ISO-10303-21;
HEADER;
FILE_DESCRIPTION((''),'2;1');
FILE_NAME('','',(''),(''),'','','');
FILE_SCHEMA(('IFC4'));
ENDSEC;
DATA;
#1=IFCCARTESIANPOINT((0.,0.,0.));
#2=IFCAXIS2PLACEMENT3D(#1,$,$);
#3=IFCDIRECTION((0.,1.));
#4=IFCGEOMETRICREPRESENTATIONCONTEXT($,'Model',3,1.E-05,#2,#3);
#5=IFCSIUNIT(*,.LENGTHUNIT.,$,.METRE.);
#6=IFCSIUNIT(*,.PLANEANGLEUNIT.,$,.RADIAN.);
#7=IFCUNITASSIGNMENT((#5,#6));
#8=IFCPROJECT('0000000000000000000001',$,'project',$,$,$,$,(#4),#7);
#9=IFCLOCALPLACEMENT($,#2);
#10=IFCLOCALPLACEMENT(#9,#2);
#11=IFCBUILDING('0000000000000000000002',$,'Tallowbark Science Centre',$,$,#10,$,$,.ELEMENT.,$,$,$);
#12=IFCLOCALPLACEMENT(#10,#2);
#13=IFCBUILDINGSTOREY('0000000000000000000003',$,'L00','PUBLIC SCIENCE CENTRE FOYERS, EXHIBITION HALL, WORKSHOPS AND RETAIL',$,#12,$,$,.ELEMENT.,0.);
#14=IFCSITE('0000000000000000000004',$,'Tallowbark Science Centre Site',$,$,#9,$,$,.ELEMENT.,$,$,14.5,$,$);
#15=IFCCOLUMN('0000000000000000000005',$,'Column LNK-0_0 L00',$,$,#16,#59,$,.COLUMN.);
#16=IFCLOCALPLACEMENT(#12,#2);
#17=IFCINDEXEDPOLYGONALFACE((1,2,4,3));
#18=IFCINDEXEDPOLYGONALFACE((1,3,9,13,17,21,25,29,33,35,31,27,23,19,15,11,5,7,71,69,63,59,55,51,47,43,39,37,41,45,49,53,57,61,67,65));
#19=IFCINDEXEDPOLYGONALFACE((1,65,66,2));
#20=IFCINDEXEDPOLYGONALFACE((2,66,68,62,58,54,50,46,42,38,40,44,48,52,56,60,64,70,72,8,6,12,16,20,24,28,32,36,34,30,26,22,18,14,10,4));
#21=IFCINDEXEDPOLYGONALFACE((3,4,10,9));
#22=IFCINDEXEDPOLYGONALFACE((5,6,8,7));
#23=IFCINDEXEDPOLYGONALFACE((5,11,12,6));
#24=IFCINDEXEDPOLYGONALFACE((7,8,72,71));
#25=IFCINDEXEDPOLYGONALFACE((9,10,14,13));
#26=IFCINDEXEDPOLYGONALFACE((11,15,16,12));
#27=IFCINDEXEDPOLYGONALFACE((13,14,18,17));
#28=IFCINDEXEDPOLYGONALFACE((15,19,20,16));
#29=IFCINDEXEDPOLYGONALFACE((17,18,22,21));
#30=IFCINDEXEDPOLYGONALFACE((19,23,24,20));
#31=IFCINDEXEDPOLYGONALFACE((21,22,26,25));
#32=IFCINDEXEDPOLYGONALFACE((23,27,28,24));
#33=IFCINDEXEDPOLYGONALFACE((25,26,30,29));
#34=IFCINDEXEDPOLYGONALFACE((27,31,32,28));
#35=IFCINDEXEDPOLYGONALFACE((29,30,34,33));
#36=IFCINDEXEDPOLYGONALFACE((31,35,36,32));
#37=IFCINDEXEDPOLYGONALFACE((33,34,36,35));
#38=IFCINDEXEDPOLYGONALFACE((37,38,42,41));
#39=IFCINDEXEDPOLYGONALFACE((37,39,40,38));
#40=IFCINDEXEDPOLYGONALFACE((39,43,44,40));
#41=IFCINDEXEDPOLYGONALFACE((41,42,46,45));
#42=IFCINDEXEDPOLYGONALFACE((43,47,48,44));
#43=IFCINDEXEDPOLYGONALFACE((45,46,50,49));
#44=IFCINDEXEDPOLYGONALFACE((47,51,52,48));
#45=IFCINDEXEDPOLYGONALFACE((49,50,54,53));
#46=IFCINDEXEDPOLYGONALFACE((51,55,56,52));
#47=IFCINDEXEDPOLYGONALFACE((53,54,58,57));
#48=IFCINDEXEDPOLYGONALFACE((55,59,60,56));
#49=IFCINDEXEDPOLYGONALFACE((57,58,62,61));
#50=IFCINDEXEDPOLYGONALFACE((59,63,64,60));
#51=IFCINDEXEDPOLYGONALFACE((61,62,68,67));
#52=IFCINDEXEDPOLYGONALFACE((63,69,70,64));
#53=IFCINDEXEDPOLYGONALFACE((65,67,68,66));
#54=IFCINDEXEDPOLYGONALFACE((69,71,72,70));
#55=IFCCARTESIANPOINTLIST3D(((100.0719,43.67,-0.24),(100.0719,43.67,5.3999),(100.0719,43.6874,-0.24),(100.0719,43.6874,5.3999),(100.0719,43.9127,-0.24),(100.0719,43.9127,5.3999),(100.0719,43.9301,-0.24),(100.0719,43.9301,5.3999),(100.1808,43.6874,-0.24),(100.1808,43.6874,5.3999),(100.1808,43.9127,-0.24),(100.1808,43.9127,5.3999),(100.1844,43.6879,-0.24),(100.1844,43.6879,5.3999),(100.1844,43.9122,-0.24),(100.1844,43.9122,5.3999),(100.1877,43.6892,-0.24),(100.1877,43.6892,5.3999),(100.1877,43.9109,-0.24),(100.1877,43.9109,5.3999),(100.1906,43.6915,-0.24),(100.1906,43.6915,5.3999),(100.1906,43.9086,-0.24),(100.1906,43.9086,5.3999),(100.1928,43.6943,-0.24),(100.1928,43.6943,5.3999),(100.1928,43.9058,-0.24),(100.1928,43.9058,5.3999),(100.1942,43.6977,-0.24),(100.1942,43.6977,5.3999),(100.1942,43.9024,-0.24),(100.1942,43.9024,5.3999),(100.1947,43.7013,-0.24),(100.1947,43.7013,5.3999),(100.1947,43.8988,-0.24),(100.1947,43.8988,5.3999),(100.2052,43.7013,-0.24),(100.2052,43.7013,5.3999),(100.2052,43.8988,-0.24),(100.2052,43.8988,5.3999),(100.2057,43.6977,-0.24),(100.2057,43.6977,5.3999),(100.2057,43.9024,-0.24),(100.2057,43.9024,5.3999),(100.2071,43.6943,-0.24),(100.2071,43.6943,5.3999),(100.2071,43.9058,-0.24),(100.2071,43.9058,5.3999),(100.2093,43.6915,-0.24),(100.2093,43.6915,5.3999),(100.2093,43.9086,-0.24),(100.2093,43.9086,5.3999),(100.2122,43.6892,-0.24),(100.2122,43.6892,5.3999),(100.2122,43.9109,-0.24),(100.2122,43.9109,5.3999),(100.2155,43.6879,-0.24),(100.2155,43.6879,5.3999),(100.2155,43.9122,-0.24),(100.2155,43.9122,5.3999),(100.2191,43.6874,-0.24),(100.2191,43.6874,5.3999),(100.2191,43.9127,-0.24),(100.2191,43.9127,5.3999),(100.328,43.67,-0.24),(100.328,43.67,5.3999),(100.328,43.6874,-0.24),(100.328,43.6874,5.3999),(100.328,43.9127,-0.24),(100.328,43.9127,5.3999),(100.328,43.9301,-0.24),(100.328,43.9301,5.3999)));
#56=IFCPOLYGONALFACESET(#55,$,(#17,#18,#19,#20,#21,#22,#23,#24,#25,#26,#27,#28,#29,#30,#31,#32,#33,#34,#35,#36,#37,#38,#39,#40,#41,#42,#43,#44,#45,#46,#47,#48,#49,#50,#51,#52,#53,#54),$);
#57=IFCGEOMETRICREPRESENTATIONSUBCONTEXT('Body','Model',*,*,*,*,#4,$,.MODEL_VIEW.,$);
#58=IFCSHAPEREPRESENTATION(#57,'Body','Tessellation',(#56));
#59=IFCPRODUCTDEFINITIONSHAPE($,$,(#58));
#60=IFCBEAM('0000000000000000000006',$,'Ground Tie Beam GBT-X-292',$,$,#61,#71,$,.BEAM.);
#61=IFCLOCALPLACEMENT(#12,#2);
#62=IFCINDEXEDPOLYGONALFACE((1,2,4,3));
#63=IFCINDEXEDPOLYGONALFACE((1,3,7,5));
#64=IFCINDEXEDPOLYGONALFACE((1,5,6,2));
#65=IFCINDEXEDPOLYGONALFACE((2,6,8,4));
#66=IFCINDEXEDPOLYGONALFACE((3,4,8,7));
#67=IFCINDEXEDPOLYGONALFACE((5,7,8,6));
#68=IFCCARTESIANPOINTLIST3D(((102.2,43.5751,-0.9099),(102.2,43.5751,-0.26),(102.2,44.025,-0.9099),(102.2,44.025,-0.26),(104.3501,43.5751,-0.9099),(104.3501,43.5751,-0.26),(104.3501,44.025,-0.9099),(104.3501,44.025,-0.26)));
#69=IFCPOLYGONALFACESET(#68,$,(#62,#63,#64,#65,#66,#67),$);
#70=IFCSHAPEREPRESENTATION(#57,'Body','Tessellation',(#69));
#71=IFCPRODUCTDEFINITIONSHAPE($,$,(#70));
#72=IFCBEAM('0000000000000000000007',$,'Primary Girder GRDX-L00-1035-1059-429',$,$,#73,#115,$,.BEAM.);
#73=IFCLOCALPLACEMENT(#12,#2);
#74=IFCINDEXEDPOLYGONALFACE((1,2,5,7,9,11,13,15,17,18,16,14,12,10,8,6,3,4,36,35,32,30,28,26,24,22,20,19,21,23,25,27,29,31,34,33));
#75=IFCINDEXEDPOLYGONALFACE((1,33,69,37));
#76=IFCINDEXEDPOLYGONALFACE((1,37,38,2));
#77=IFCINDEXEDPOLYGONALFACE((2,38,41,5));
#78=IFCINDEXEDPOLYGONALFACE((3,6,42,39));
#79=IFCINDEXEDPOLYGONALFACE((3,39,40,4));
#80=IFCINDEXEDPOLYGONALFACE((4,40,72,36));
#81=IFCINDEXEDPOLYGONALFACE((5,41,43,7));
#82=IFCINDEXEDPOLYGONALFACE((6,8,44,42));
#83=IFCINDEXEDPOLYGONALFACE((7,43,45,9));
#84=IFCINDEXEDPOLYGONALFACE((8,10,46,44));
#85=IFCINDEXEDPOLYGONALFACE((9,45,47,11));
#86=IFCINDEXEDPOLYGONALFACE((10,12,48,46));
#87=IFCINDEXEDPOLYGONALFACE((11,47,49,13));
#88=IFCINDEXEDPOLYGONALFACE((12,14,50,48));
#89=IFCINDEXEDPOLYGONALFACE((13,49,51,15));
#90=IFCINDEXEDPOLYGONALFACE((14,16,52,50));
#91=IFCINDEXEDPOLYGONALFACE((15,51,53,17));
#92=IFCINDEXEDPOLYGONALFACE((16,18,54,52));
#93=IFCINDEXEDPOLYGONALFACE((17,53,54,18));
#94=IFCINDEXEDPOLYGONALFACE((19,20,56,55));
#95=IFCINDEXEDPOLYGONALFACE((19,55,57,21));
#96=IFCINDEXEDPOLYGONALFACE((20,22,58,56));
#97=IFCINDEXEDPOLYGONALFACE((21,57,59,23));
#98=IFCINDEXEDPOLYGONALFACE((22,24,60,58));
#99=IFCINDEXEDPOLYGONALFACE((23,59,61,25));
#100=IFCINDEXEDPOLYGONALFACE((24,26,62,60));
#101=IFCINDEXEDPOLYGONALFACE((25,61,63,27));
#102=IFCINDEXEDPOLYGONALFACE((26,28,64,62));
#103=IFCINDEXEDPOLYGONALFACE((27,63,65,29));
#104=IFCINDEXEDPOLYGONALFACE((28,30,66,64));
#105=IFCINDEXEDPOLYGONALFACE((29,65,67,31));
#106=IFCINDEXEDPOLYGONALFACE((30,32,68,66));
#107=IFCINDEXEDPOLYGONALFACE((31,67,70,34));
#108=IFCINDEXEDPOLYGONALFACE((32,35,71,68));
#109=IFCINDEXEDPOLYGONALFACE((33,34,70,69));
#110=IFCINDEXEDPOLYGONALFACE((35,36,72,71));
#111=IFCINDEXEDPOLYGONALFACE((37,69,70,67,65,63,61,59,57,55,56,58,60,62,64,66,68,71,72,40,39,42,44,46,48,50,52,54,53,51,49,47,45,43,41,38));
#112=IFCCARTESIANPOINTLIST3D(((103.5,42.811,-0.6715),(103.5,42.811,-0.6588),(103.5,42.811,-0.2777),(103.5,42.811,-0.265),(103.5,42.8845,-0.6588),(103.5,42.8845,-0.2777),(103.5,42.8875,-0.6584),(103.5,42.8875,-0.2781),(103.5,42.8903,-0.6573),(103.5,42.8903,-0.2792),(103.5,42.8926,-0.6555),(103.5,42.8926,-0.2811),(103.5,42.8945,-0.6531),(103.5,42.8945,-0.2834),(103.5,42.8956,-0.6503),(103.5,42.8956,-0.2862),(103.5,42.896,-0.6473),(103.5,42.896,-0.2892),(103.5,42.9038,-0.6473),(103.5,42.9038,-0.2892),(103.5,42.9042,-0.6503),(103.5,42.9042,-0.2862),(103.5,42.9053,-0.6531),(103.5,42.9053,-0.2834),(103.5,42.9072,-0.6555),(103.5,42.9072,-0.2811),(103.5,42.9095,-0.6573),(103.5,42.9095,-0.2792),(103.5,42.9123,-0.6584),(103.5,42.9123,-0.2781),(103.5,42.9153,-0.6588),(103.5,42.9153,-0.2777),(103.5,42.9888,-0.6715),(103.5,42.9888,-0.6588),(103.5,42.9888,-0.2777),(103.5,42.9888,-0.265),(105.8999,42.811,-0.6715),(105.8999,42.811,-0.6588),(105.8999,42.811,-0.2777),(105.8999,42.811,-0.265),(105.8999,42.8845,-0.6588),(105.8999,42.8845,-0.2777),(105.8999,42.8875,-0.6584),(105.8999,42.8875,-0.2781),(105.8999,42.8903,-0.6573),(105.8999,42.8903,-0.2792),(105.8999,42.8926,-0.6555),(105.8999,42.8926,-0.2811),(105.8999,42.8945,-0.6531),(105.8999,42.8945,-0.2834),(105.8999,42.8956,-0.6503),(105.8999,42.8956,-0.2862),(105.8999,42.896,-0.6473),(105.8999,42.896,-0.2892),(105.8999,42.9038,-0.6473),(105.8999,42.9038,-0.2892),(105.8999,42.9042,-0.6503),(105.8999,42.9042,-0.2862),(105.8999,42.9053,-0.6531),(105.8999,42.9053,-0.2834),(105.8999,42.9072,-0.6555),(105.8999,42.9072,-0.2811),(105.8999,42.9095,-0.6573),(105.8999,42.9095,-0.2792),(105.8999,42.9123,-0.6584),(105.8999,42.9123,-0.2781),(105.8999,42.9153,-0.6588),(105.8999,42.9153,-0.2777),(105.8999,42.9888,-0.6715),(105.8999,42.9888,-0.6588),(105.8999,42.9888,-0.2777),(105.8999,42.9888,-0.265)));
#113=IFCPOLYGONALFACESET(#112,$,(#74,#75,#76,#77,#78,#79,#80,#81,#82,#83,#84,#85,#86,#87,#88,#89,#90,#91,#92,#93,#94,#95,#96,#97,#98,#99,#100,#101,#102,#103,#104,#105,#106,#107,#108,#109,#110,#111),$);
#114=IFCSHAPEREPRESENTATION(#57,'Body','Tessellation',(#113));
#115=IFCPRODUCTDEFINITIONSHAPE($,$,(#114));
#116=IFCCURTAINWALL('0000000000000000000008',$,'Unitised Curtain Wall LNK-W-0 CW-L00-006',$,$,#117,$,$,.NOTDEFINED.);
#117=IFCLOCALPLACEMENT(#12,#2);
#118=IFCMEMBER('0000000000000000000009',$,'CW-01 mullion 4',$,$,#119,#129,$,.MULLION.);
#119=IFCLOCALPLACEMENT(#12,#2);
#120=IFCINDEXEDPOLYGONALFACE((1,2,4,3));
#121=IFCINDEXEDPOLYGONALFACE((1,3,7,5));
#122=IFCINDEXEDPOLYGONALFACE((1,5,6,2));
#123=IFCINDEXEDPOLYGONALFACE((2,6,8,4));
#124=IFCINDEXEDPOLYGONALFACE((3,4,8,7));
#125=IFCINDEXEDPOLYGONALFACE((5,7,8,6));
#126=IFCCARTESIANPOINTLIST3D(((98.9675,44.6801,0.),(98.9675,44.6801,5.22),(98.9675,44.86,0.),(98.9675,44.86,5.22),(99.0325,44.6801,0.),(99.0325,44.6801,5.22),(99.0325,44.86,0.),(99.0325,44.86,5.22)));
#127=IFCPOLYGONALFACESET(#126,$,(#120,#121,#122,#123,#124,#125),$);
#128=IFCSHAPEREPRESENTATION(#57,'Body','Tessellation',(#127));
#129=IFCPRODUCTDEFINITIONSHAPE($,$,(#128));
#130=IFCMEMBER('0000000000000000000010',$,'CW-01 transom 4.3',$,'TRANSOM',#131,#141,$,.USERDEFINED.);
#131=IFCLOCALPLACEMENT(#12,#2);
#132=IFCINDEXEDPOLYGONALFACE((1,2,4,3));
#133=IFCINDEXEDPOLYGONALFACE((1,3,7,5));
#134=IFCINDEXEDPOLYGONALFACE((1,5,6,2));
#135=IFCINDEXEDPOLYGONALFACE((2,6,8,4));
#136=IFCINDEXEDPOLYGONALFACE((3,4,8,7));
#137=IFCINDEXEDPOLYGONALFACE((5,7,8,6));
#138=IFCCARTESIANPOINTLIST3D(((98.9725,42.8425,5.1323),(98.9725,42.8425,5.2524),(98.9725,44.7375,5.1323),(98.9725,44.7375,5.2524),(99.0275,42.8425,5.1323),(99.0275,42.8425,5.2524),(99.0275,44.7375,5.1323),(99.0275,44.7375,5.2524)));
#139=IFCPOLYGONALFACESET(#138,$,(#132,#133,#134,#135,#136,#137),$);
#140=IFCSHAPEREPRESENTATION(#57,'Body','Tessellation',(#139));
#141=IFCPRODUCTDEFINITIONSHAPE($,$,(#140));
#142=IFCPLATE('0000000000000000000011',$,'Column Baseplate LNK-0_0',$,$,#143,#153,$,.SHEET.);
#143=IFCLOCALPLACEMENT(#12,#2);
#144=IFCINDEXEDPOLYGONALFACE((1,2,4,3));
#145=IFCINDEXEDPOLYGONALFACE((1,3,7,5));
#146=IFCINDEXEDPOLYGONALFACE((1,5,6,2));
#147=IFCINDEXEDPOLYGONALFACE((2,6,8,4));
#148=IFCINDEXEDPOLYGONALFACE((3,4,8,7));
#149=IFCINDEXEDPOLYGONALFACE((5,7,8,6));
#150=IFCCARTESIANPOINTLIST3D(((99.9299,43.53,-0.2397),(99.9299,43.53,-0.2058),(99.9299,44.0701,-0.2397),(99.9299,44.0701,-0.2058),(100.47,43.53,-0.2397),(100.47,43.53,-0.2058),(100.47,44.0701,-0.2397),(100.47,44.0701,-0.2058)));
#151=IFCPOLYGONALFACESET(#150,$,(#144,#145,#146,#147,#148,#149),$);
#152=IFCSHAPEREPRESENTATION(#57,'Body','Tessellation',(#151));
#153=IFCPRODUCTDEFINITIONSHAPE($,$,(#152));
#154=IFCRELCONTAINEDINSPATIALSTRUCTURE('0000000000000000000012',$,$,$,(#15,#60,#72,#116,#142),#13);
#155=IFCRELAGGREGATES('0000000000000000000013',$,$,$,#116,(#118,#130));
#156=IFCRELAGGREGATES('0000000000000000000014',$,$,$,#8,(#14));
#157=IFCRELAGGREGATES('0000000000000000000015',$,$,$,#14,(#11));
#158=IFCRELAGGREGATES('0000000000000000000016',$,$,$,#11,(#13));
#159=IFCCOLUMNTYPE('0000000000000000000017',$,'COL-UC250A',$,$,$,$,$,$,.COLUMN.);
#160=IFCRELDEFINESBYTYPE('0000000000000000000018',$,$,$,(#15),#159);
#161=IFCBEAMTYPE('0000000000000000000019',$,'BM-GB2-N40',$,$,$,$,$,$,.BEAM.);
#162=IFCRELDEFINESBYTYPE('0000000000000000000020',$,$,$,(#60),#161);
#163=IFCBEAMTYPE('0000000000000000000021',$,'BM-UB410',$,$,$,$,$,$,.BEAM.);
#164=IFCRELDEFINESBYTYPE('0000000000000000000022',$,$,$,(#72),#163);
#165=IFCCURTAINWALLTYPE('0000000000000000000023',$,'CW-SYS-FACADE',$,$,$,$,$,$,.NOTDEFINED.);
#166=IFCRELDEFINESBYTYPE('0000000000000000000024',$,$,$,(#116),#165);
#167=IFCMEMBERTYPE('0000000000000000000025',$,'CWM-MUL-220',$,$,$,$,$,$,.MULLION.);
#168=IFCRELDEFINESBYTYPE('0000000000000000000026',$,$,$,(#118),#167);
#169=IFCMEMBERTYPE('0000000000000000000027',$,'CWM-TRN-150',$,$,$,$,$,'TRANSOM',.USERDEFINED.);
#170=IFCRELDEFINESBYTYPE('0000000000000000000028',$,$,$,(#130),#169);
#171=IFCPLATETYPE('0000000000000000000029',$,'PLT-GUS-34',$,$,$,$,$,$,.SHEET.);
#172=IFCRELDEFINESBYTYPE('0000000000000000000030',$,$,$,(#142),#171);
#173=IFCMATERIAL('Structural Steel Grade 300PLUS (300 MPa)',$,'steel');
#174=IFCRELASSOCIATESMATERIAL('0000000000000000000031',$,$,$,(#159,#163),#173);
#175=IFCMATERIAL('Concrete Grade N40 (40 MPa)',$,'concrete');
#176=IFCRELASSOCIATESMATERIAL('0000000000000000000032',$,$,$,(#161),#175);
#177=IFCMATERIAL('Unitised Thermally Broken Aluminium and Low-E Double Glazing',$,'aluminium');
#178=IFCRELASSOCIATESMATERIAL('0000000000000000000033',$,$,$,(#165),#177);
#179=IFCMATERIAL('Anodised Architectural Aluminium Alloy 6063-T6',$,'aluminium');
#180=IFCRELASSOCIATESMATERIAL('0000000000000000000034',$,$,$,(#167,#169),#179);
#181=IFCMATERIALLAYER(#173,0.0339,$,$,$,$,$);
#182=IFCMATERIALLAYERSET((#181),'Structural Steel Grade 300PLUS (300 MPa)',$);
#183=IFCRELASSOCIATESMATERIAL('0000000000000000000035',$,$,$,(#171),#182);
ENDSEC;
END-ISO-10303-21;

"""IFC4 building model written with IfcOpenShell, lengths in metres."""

from ifc_helpers import new_model, si_unit, direction, frame, origin, origin_2d, place, context, subcontext, project, spatial, rectangle, i_section, extrude, material, layer, layer_set, material_profile, profile_set, type_object, element, aggregate, save


model = new_model("IFC4")

# Units and contexts
model_context = context("Model", 3, precision=1e-05, world=origin(), true_north=direction((0.0, 1.0)))
body_context = subcontext(model_context, "Body", "Model", "MODEL_VIEW")
ifc_project = project(units=[si_unit("LENGTHUNIT", "METRE"), si_unit("PLANEANGLEUNIT", "RADIAN")], contexts=[model_context])

# Site, building, storey
site_placement = place(None, origin())
site = spatial("IfcSite", under=ifc_project, at=site_placement, Name="Tallowbark Science Centre Site", CompositionType="ELEMENT", RefElevation=14.5)
building_placement = place(site_placement, origin())
building = spatial("IfcBuilding", under=site, at=building_placement, Name="Tallowbark Science Centre", CompositionType="ELEMENT")
storey_placement = place(building_placement, origin())
storey = spatial("IfcBuildingStorey", under=building, at=storey_placement, Name="L00", Description="PUBLIC SCIENCE CENTRE FOYERS, EXHIBITION HALL, WORKSHOPS AND RETAIL", CompositionType="ELEMENT", Elevation=0.0)

# Shared definitions
ifc_material_1 = material(Name="Concrete Grade N40 (40 MPa)", Category="concrete")

# Column
ifc_material_2 = material(Name="Structural Steel Grade 300PLUS (300 MPa)", Category="steel")
ifc_material_profile_1 = material_profile(ifc_material_2, i_section(OverallWidth=0.2561, OverallDepth=0.26, WebThickness=0.0105, FlangeThickness=0.0173, FilletRadius=0.0139, at=origin_2d()), Name="250UC89.5")
ifc_profile_set_1 = profile_set([ifc_material_profile_1], Name="Structural Steel Grade 300PLUS (300 MPa)")
column_type_1 = type_object("IfcColumnType", Name="COL-UC250A", PredefinedType="COLUMN", material=ifc_profile_set_1)
column_1_placement = place(storey_placement, frame((100.2, 43.8, -0.24), z_axis=(0.0, 0.0, 1.0), x_axis=(1.0, 0.0, 0.0)))
element("IfcColumn", 1, at=column_1_placement, inside=storey, type_object=column_type_1, Name="Column LNK-0_0 L00", PredefinedType="COLUMN", context=body_context, shape_type="SweptSolid", body=[
    extrude(i_section(OverallWidth=0.2561, OverallDepth=0.26, WebThickness=0.0105, FlangeThickness=0.0173, FilletRadius=0.0139, at=origin_2d()), origin(), (0.0, 0.0, 1.0), 5.6399),
])

# Beams
ifc_material_profile_2 = material_profile(ifc_material_1, rectangle(XDim=0.45, YDim=0.6499, at=origin_2d()), Name="RC450x650")
ifc_profile_set_2 = profile_set([ifc_material_profile_2], Name="Concrete Grade N40 (40 MPa)")
beam_type_1 = type_object("IfcBeamType", Name="BM-GB2-N40", PredefinedType="BEAM", material=ifc_profile_set_2)
beam_1_placement = place(storey_placement, frame((102.2, 43.8, -0.585), z_axis=(1.0, 0.0, 0.0), x_axis=(0.0, 1.0, 0.0)))
element("IfcBeam", 2, at=beam_1_placement, inside=storey, type_object=beam_type_1, Name="Ground Tie Beam GBT-X-292", PredefinedType="BEAM", context=body_context, shape_type="SweptSolid", body=[
    extrude(rectangle(XDim=0.45, YDim=0.6499, at=origin_2d()), origin(), (0.0, 0.0, 1.0), 2.1501),
])
ifc_material_profile_3 = material_profile(ifc_material_2, i_section(OverallWidth=0.1777, OverallDepth=0.4065, WebThickness=0.0078, FlangeThickness=0.0127, FilletRadius=0.0115, at=origin_2d()), Name="410UB59.7")
ifc_profile_set_3 = profile_set([ifc_material_profile_3], Name="Structural Steel Grade 300PLUS (300 MPa)")
beam_type_2 = type_object("IfcBeamType", Name="BM-UB410", PredefinedType="BEAM", material=ifc_profile_set_3)
beam_2_placement = place(storey_placement, frame((103.5, 42.8999, -0.4683), z_axis=(1.0, 0.0, 0.0), x_axis=(0.0, 1.0, 0.0)))
element("IfcBeam", 3, at=beam_2_placement, inside=storey, type_object=beam_type_2, Name="Primary Girder GRDX-L00-1035-1059-429", PredefinedType="BEAM", context=body_context, shape_type="SweptSolid", body=[
    extrude(i_section(OverallWidth=0.1777, OverallDepth=0.4065, WebThickness=0.0078, FlangeThickness=0.0127, FilletRadius=0.0115, at=origin_2d()), origin(), (0.0, 0.0, 1.0), 2.3999),
])

# Curtain wall, members
ifc_material_3 = material(Name="Unitised Thermally Broken Aluminium and Low-E Double Glazing", Category="aluminium")
curtain_wall_type = type_object("IfcCurtainWallType", Name="CW-SYS-FACADE", PredefinedType="NOTDEFINED", material=ifc_material_3)
curtain_wall_placement = place(storey_placement, origin())
curtain_wall = element("IfcCurtainWall", 4, at=curtain_wall_placement, inside=storey, type_object=curtain_wall_type, Name="Unitised Curtain Wall LNK-W-0 CW-L00-006", PredefinedType="NOTDEFINED")
ifc_material_4 = material(Name="Anodised Architectural Aluminium Alloy 6063-T6", Category="aluminium")
ifc_material_profile_4 = material_profile(ifc_material_4, rectangle(XDim=0.0649, YDim=0.1799, at=origin_2d()), Name="ALU65x180")
ifc_profile_set_4 = profile_set([ifc_material_profile_4], Name="Anodised Architectural Aluminium Alloy 6063-T6")
member_type_1 = type_object("IfcMemberType", Name="CWM-MUL-220", PredefinedType="MULLION", material=ifc_profile_set_4)
member_1_placement = place(storey_placement, frame((99.0, 44.77, 0.0), z_axis=(0.0, 0.0, 1.0), x_axis=(1.0, 0.0, 0.0)))
member_1 = element("IfcMember", 5, at=member_1_placement, type_object=member_type_1, Name="CW-01 mullion 4", PredefinedType="MULLION", context=body_context, shape_type="SweptSolid", body=[
    extrude(rectangle(XDim=0.0649, YDim=0.1799, at=origin_2d()), origin(), (0.0, 0.0, 1.0), 5.22),
])
ifc_material_profile_5 = material_profile(ifc_material_4, rectangle(XDim=0.0549, YDim=0.1201, at=origin_2d()), Name="ALU55x120")
ifc_profile_set_5 = profile_set([ifc_material_profile_5], Name="Anodised Architectural Aluminium Alloy 6063-T6")
member_type_2 = type_object("IfcMemberType", Name="CWM-TRN-150", ElementType="TRANSOM", PredefinedType="USERDEFINED", material=ifc_profile_set_5)
member_2_placement = place(storey_placement, frame((99.0, 44.7375, 5.1924), z_axis=(0.0, -1.0, 0.0), x_axis=(1.0, 0.0, 0.0)))
member_2 = element("IfcMember", 6, at=member_2_placement, type_object=member_type_2, Name="CW-01 transom 4.3", ObjectType="TRANSOM", PredefinedType="USERDEFINED", context=body_context, shape_type="SweptSolid", body=[
    extrude(rectangle(XDim=0.0549, YDim=0.1201, at=origin_2d()), origin(), (0.0, 0.0, 1.0), 1.895),
])
aggregate(curtain_wall, [member_1, member_2])

# Plate
ifc_layer_1 = layer(ifc_material_2, 0.0339)
ifc_layer_set_1 = layer_set([ifc_layer_1], Name="Structural Steel Grade 300PLUS (300 MPa)")
plate_type = type_object("IfcPlateType", Name="PLT-GUS-34", PredefinedType="SHEET", material=ifc_layer_set_1)
plate_placement = place(storey_placement, frame((100.2, 43.8, -0.2397), z_axis=(0.0, 0.0, 1.0), x_axis=(1.0, 0.0, 0.0)))
element("IfcPlate", 7, at=plate_placement, inside=storey, type_object=plate_type, Name="Column Baseplate LNK-0_0", PredefinedType="SHEET", context=body_context, shape_type="SweptSolid", body=[
    extrude(rectangle(XDim=0.54, YDim=0.54, at=origin_2d()), origin(), (0.0, 0.0, 1.0), 0.0339),
])

save(model, "model.ifc")
